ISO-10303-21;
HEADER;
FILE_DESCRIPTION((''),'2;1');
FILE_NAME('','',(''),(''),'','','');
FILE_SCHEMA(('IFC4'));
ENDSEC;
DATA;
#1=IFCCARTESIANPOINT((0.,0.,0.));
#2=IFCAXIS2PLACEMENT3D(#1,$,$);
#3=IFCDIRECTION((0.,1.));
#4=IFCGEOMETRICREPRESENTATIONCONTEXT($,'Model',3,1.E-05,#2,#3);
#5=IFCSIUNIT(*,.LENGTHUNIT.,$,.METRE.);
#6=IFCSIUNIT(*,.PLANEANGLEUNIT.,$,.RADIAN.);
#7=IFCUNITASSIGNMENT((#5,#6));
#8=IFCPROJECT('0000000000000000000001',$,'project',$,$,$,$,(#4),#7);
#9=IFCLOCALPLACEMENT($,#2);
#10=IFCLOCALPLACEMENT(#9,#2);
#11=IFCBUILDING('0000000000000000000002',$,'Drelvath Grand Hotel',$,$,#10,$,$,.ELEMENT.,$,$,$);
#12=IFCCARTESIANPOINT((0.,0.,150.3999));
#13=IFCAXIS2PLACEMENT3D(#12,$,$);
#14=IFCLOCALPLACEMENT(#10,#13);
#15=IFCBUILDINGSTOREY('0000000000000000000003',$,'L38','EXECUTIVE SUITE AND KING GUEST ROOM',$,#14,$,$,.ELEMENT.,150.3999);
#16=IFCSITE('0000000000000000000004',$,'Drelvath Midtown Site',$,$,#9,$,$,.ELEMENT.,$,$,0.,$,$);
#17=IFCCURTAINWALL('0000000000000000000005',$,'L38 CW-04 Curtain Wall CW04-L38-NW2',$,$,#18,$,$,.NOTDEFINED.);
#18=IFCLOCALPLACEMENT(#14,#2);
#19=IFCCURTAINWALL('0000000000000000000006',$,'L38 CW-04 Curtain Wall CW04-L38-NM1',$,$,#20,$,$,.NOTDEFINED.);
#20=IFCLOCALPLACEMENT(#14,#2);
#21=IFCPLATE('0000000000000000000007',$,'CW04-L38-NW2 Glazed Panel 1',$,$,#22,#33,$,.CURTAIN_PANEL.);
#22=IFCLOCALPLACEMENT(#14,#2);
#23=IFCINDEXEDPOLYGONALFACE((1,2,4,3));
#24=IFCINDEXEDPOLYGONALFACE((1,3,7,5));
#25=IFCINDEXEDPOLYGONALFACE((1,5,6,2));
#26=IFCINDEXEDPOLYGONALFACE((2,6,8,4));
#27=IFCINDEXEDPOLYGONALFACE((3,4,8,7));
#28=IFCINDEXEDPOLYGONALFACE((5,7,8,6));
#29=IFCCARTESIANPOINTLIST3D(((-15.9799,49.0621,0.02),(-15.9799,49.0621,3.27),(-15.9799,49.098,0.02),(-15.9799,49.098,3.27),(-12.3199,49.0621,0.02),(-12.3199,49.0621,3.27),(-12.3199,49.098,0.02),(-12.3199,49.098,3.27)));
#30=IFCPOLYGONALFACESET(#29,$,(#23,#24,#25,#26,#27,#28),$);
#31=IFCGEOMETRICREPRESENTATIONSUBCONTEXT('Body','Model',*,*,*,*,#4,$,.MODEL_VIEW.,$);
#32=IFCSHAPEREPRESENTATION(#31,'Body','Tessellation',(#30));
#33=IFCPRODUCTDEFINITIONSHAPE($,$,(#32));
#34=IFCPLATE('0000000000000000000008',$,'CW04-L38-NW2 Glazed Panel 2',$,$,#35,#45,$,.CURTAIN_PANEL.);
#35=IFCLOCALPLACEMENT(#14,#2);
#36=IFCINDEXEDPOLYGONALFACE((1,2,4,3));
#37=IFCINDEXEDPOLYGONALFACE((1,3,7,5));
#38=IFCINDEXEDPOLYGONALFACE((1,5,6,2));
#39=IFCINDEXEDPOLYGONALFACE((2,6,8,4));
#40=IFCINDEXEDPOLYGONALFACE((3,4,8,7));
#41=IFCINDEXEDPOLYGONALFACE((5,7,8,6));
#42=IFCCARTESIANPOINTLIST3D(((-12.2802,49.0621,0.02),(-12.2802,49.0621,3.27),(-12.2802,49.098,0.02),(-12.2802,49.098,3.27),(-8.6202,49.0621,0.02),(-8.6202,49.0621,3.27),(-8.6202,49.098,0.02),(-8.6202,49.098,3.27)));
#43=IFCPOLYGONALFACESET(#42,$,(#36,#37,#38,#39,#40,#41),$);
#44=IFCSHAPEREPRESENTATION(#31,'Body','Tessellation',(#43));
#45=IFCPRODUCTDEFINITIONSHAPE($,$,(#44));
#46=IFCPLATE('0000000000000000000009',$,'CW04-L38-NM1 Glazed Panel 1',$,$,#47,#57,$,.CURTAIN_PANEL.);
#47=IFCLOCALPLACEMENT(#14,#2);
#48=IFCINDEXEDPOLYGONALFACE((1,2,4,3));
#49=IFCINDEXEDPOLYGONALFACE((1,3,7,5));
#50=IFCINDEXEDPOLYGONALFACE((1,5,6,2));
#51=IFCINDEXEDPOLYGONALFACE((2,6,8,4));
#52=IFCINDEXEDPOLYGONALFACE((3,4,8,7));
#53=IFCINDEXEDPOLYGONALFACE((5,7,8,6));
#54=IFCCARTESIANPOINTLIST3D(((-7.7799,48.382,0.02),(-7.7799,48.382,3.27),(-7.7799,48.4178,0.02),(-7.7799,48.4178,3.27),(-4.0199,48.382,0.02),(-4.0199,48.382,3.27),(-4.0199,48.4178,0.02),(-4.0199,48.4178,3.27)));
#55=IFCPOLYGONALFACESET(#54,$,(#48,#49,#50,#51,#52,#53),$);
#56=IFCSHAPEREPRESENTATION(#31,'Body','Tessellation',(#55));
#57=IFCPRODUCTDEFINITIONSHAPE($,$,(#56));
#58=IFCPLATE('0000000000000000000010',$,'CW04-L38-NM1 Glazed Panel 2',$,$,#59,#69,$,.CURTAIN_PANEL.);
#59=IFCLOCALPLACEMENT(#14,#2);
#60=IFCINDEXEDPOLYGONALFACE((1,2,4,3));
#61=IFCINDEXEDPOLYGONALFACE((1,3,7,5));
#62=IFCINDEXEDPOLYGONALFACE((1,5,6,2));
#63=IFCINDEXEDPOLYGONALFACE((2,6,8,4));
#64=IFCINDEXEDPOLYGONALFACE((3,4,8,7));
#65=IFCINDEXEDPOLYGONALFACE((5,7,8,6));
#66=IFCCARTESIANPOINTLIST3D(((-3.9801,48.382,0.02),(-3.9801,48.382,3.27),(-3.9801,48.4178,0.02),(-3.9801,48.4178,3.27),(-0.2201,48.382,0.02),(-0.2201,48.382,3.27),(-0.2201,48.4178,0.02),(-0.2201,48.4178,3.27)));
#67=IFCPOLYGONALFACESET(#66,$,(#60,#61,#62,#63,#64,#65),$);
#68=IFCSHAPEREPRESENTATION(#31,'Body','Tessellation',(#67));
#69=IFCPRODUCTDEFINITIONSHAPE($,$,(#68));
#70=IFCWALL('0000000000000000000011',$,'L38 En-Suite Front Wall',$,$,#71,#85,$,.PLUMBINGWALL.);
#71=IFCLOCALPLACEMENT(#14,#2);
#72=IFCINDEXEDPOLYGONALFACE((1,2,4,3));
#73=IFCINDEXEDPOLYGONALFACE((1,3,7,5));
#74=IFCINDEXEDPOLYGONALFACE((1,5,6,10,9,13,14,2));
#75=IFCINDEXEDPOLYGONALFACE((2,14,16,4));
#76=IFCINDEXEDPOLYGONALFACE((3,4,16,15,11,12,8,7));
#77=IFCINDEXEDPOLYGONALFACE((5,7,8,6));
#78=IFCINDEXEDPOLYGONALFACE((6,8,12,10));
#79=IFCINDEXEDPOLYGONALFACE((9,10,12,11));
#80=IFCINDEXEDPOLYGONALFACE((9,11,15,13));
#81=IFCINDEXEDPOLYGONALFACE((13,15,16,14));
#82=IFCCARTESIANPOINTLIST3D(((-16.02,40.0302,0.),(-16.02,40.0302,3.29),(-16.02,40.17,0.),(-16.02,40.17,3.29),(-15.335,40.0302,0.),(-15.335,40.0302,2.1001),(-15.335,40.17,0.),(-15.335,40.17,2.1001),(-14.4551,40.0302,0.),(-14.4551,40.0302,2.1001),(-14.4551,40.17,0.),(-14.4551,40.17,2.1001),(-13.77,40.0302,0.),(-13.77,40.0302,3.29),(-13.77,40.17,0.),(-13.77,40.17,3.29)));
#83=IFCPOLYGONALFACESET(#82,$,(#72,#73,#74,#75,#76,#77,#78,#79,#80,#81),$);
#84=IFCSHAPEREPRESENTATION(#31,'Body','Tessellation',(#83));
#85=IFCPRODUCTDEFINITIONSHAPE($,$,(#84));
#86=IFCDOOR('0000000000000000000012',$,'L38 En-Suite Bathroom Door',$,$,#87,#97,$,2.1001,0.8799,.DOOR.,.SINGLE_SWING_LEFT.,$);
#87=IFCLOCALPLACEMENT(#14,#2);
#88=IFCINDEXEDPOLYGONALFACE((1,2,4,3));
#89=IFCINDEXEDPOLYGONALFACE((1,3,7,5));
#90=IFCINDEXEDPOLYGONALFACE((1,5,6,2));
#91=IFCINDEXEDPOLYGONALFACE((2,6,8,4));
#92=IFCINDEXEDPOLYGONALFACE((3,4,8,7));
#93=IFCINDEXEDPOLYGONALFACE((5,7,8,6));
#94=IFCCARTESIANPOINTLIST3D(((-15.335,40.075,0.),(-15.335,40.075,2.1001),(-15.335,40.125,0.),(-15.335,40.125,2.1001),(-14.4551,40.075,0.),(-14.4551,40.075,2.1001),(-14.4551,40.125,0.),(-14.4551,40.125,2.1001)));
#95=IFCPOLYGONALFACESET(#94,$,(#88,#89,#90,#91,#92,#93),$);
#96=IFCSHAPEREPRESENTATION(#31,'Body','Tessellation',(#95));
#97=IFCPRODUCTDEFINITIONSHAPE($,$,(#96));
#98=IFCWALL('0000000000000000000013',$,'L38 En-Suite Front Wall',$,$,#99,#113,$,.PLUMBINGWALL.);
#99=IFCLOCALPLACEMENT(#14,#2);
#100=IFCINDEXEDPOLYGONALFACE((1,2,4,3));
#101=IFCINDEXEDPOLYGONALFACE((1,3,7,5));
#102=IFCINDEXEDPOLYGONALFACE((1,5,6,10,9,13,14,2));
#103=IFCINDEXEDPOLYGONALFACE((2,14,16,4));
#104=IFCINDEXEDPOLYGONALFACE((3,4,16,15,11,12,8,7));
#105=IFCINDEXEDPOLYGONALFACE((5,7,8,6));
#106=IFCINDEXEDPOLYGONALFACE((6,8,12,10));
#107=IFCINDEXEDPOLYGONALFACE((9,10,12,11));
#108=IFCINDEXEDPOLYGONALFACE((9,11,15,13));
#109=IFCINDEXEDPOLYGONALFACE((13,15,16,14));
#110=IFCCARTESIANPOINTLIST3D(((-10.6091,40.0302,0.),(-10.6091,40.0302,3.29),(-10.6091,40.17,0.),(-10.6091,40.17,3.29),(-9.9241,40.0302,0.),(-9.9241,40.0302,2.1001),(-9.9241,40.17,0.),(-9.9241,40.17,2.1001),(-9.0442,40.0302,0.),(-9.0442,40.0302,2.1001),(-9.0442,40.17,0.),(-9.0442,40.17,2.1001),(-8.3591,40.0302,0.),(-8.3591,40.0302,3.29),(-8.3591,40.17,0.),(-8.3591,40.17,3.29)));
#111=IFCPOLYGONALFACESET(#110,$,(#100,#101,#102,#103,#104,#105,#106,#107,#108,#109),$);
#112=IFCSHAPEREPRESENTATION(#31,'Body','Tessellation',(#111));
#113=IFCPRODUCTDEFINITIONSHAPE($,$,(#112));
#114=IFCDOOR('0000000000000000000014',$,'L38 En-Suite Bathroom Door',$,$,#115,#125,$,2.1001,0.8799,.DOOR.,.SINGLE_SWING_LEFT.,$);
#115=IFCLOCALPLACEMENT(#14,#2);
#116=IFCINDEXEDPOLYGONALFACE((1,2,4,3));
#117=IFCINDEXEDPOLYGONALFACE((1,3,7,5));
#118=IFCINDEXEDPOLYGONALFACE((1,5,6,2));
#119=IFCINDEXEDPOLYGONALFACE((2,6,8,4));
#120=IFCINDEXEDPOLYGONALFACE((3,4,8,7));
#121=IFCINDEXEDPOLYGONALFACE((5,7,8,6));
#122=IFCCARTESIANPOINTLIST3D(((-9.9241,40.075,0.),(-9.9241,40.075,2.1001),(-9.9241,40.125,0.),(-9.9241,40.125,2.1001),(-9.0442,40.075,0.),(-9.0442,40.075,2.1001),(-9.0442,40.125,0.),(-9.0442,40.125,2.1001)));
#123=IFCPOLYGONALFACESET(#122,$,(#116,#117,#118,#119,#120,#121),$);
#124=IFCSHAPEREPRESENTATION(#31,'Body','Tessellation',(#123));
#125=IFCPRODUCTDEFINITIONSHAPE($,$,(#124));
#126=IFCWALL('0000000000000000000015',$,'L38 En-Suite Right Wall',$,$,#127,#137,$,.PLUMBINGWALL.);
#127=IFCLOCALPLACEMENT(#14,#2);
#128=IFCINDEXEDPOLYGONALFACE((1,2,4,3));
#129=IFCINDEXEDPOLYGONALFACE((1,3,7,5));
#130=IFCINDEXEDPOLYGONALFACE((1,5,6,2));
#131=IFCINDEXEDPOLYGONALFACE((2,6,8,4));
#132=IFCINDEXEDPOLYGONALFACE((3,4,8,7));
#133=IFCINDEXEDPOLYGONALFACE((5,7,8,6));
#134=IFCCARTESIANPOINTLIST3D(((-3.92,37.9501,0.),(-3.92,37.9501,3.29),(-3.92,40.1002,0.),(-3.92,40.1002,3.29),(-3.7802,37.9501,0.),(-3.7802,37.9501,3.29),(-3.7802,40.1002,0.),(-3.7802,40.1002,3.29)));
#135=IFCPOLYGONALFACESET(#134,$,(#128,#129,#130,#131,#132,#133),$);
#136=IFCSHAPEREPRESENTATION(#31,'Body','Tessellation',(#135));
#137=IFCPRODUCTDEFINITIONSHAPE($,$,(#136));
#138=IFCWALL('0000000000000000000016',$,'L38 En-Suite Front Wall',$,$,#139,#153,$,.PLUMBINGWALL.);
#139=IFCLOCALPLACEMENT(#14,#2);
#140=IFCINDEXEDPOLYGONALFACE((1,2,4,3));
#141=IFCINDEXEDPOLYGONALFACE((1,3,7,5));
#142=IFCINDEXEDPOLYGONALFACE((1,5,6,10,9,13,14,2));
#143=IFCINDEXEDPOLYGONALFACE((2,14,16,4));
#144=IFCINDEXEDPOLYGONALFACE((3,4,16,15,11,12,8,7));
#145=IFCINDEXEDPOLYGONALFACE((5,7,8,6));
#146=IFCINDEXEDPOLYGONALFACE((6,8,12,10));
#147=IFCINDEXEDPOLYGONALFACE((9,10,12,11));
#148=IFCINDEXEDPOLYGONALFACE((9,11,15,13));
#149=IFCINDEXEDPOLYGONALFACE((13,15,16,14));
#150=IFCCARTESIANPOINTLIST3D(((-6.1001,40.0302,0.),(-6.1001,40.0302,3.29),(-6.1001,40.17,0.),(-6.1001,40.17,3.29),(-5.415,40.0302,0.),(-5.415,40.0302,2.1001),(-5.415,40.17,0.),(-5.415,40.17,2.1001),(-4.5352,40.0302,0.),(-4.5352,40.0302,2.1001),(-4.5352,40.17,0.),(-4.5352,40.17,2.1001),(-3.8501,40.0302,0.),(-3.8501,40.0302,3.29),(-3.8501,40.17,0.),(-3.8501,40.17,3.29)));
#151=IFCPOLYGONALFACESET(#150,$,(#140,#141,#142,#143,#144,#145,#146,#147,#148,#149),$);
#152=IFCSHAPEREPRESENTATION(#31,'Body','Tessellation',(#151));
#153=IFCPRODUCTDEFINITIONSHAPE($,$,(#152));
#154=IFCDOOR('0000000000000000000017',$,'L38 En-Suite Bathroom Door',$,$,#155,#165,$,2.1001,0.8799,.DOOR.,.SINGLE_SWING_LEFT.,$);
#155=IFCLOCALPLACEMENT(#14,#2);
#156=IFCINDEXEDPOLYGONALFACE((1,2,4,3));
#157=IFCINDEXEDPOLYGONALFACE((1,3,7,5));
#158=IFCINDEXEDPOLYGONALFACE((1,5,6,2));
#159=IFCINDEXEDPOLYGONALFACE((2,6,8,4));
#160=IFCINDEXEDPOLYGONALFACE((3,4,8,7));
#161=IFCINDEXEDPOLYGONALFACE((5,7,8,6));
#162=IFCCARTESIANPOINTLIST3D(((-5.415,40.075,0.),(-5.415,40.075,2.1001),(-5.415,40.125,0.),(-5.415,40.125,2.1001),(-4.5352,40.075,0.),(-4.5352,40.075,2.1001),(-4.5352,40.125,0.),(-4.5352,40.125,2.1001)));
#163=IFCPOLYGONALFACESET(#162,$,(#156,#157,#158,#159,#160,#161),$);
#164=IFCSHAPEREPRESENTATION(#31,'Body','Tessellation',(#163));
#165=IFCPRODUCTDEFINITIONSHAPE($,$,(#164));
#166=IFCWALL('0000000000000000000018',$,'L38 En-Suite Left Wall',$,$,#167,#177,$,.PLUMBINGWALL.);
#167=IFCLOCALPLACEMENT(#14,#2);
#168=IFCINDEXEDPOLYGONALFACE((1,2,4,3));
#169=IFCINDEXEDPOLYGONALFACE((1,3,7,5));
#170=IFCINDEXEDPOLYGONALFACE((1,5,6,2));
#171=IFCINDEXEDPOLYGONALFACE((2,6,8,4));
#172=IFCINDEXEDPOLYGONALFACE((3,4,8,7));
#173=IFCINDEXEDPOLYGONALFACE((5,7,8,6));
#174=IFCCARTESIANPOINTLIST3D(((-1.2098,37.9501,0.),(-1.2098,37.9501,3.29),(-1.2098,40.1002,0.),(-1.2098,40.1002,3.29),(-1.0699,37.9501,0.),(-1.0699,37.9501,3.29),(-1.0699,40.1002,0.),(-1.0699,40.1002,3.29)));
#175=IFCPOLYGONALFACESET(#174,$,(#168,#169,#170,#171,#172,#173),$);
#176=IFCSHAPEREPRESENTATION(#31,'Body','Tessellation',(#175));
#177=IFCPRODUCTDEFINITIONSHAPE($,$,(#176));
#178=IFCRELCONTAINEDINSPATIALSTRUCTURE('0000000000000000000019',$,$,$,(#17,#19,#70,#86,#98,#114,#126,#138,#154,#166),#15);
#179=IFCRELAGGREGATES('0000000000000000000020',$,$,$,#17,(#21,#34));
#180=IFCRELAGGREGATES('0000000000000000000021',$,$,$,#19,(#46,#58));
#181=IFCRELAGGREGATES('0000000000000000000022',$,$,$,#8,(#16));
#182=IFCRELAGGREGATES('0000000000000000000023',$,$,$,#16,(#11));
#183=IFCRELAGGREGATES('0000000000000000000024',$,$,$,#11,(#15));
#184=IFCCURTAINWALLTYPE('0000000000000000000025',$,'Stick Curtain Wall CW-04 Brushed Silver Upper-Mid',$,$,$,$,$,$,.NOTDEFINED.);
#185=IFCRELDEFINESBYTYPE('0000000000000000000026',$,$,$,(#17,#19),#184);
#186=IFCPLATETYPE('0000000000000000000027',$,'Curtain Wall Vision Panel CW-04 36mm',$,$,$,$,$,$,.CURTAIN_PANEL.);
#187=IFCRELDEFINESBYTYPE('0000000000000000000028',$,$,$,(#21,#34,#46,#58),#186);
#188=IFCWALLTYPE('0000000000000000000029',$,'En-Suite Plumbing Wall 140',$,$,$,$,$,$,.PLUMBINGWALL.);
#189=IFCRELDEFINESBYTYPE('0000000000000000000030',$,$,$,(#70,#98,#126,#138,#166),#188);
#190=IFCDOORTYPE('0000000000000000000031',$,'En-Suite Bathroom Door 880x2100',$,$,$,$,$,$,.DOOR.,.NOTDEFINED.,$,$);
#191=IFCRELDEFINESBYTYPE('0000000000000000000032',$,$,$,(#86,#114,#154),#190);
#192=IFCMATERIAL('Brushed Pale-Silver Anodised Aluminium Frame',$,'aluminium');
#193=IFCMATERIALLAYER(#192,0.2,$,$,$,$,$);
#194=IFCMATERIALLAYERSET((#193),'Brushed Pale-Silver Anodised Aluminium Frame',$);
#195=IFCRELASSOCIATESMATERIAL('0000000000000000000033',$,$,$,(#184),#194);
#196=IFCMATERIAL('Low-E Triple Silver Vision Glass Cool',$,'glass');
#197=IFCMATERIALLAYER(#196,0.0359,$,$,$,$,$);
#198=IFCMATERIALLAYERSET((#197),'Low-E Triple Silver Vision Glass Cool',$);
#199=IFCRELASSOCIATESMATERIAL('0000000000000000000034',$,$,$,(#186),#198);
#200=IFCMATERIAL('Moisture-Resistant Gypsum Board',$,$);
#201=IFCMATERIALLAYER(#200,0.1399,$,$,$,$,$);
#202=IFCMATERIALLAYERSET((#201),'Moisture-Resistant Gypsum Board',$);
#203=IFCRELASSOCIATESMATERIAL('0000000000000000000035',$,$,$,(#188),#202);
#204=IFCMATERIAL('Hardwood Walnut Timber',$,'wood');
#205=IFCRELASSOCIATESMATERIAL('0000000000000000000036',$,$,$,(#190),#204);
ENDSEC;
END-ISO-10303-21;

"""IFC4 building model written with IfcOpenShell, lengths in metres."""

from ifc_helpers import new_model, si_unit, direction, frame, frame_2d, origin, origin_2d, place, context, subcontext, project, spatial, rectangle, extrude, material, layer, layer_set, type_object, element, fill, aggregate, save


model = new_model("IFC4")

# Units and contexts
model_context = context("Model", 3, precision=1e-05, world=origin(), true_north=direction((0.0, 1.0)))
body_context = subcontext(model_context, "Body", "Model", "MODEL_VIEW")
ifc_project = project(units=[si_unit("LENGTHUNIT", "METRE"), si_unit("PLANEANGLEUNIT", "RADIAN")], contexts=[model_context])

# Site, building, storey
site_placement = place(None, origin())
site = spatial("IfcSite", under=ifc_project, at=site_placement, Name="Drelvath Midtown Site", CompositionType="ELEMENT", RefElevation=0.0)
building_placement = place(site_placement, origin())
building = spatial("IfcBuilding", under=site, at=building_placement, Name="Drelvath Grand Hotel", CompositionType="ELEMENT")
storey_placement = place(building_placement, frame((0.0, 0.0, 150.3999)))
storey = spatial("IfcBuildingStorey", under=building, at=storey_placement, Name="L38", Description="EXECUTIVE SUITE AND KING GUEST ROOM", CompositionType="ELEMENT", Elevation=150.3999)

# Curtain walls
ifc_material_1 = material(Name="Brushed Pale-Silver Anodised Aluminium Frame", Category="aluminium")
ifc_layer_1 = layer(ifc_material_1, 0.2)
ifc_layer_set_1 = layer_set([ifc_layer_1], Name="Brushed Pale-Silver Anodised Aluminium Frame")
curtain_wall_type = type_object("IfcCurtainWallType", Name="Stick Curtain Wall CW-04 Brushed Silver Upper-Mid", PredefinedType="NOTDEFINED", material=ifc_layer_set_1)
curtain_wall_1_placement = place(storey_placement, origin())
curtain_wall_1 = element("IfcCurtainWall", 1, at=curtain_wall_1_placement, inside=storey, type_object=curtain_wall_type, Name="L38 CW-04 Curtain Wall CW04-L38-NW2", PredefinedType="NOTDEFINED")
curtain_wall_2_placement = place(storey_placement, origin())
curtain_wall_2 = element("IfcCurtainWall", 2, at=curtain_wall_2_placement, inside=storey, type_object=curtain_wall_type, Name="L38 CW-04 Curtain Wall CW04-L38-NM1", PredefinedType="NOTDEFINED")

# Plates
ifc_material_2 = material(Name="Low-E Triple Silver Vision Glass Cool", Category="glass")
ifc_layer_2 = layer(ifc_material_2, 0.0359)
ifc_layer_set_2 = layer_set([ifc_layer_2], Name="Low-E Triple Silver Vision Glass Cool")
plate_type = type_object("IfcPlateType", Name="Curtain Wall Vision Panel CW-04 36mm", PredefinedType="CURTAIN_PANEL", material=ifc_layer_set_2)
plate_1_placement = place(storey_placement, frame((-14.1499, 49.0801, 0.02), z_axis=(0.0, 0.0, 1.0), x_axis=(1.0, 0.0, 0.0)))
plate_1 = element("IfcPlate", 3, at=plate_1_placement, type_object=plate_type, Name="CW04-L38-NW2 Glazed Panel 1", PredefinedType="CURTAIN_PANEL", context=body_context, shape_type="SweptSolid", body=[
    extrude(rectangle(XDim=3.6599, YDim=0.0359, at=origin_2d()), origin(), (0.0, 0.0, 1.0), 3.25),
])
plate_2_placement = place(storey_placement, frame((-10.4502, 49.0801, 0.02), z_axis=(0.0, 0.0, 1.0), x_axis=(1.0, 0.0, 0.0)))
plate_2 = element("IfcPlate", 4, at=plate_2_placement, type_object=plate_type, Name="CW04-L38-NW2 Glazed Panel 2", PredefinedType="CURTAIN_PANEL", context=body_context, shape_type="SweptSolid", body=[
    extrude(rectangle(XDim=3.6599, YDim=0.0359, at=origin_2d()), origin(), (0.0, 0.0, 1.0), 3.25),
])
aggregate(curtain_wall_1, [plate_1, plate_2])
plate_3_placement = place(storey_placement, frame((-5.8999, 48.3999, 0.02), z_axis=(0.0, 0.0, 1.0), x_axis=(1.0, 0.0, 0.0)))
plate_3 = element("IfcPlate", 5, at=plate_3_placement, type_object=plate_type, Name="CW04-L38-NM1 Glazed Panel 1", PredefinedType="CURTAIN_PANEL", context=body_context, shape_type="SweptSolid", body=[
    extrude(rectangle(XDim=3.76, YDim=0.0359, at=origin_2d()), origin(), (0.0, 0.0, 1.0), 3.25),
])
plate_4_placement = place(storey_placement, frame((-2.1001, 48.3999, 0.02), z_axis=(0.0, 0.0, 1.0), x_axis=(1.0, 0.0, 0.0)))
plate_4 = element("IfcPlate", 6, at=plate_4_placement, type_object=plate_type, Name="CW04-L38-NM1 Glazed Panel 2", PredefinedType="CURTAIN_PANEL", context=body_context, shape_type="SweptSolid", body=[
    extrude(rectangle(XDim=3.76, YDim=0.0359, at=origin_2d()), origin(), (0.0, 0.0, 1.0), 3.25),
])
aggregate(curtain_wall_2, [plate_3, plate_4])

# Walls, openings, doors
ifc_material_3 = material(Name="Moisture-Resistant Gypsum Board")
ifc_layer_3 = layer(ifc_material_3, 0.1399)
ifc_layer_set_3 = layer_set([ifc_layer_3], Name="Moisture-Resistant Gypsum Board")
wall_type_1 = type_object("IfcWallType", Name="En-Suite Plumbing Wall 140", PredefinedType="PLUMBINGWALL", material=ifc_layer_set_3)
wall_1_placement = place(storey_placement, frame((-16.02, 40.1001, 0.0), z_axis=(0.0, 0.0, 1.0), x_axis=(1.0, 0.0, 0.0)))
wall_1 = element("IfcWall", 7, at=wall_1_placement, inside=storey, type_object=wall_type_1, Name="L38 En-Suite Front Wall", PredefinedType="PLUMBINGWALL", context=body_context, shape_type="SweptSolid", body=[
    extrude(rectangle(XDim=2.25, YDim=0.1399, at=frame_2d((1.125, 0.0))), origin(), (0.0, 0.0, 1.0), 3.29),
])
opening_1_placement = place(wall_1_placement, frame((0.6851, 0.0, 0.0)))
opening_1 = element("IfcOpeningElement", 8, at=opening_1_placement, cuts=wall_1, PredefinedType="OPENING", context=body_context, shape_type="SweptSolid", body=[
    extrude(rectangle(XDim=0.8799, YDim=2.1001, at=frame_2d((0.4399, 1.05))), frame((0.0, 0.0798, 0.0), z_axis=(0.0, -1.0, 0.0), x_axis=(1.0, 0.0, 0.0)), (0.0, 0.0, 1.0), 0.1599),
])
ifc_material_4 = material(Name="Hardwood Walnut Timber", Category="wood")
door_type = type_object("IfcDoorType", Name="En-Suite Bathroom Door 880x2100", OperationType="NOTDEFINED", PredefinedType="DOOR", material=ifc_material_4)
door_1_placement = place(opening_1_placement, origin())
door_1 = element("IfcDoor", 9, at=door_1_placement, inside=storey, type_object=door_type, Name="L38 En-Suite Bathroom Door", OperationType="SINGLE_SWING_LEFT", OverallHeight=2.1001, OverallWidth=0.8799, PredefinedType="DOOR", context=body_context, shape_type="SweptSolid", body=[
    extrude(rectangle(XDim=0.8799, YDim=2.1001, at=frame_2d((0.4399, 1.05))), frame((0.0, 0.0249, 0.0), z_axis=(0.0, -1.0, 0.0), x_axis=(1.0, 0.0, 0.0)), (0.0, 0.0, 1.0), 0.05),
])
fill(opening_1, door_1)
wall_2_placement = place(storey_placement, frame((-10.6091, 40.1001, 0.0), z_axis=(0.0, 0.0, 1.0), x_axis=(1.0, 0.0, 0.0)))
wall_2 = element("IfcWall", 10, at=wall_2_placement, inside=storey, type_object=wall_type_1, Name="L38 En-Suite Front Wall", PredefinedType="PLUMBINGWALL", context=body_context, shape_type="SweptSolid", body=[
    extrude(rectangle(XDim=2.25, YDim=0.1399, at=frame_2d((1.125, 0.0))), origin(), (0.0, 0.0, 1.0), 3.29),
])
opening_2_placement = place(wall_2_placement, frame((0.6851, 0.0, 0.0)))
opening_2 = element("IfcOpeningElement", 11, at=opening_2_placement, cuts=wall_2, PredefinedType="OPENING", context=body_context, shape_type="SweptSolid", body=[
    extrude(rectangle(XDim=0.8799, YDim=2.1001, at=frame_2d((0.4399, 1.05))), frame((0.0, 0.0798, 0.0), z_axis=(0.0, -1.0, 0.0), x_axis=(1.0, 0.0, 0.0)), (0.0, 0.0, 1.0), 0.1599),
])
door_2_placement = place(opening_2_placement, origin())
door_2 = element("IfcDoor", 12, at=door_2_placement, inside=storey, type_object=door_type, Name="L38 En-Suite Bathroom Door", OperationType="SINGLE_SWING_LEFT", OverallHeight=2.1001, OverallWidth=0.8799, PredefinedType="DOOR", context=body_context, shape_type="SweptSolid", body=[
    extrude(rectangle(XDim=0.8799, YDim=2.1001, at=frame_2d((0.4399, 1.05))), frame((0.0, 0.0249, 0.0), z_axis=(0.0, -1.0, 0.0), x_axis=(1.0, 0.0, 0.0)), (0.0, 0.0, 1.0), 0.05),
])
fill(opening_2, door_2)

# Wall
wall_3_placement = place(storey_placement, frame((-3.8501, 37.95, 0.0), z_axis=(0.0, 0.0, 1.0), x_axis=(0.0, 1.0, 0.0)))
element("IfcWall", 13, at=wall_3_placement, inside=storey, type_object=wall_type_1, Name="L38 En-Suite Right Wall", PredefinedType="PLUMBINGWALL", context=body_context, shape_type="SweptSolid", body=[
    extrude(rectangle(XDim=2.1501, YDim=0.1399, at=frame_2d((1.0752, 0.0))), origin(), (0.0, 0.0, 1.0), 3.29),
])

# Wall, opening, door
wall_4_placement = place(storey_placement, frame((-6.1001, 40.1001, 0.0), z_axis=(0.0, 0.0, 1.0), x_axis=(1.0, 0.0, 0.0)))
wall_4 = element("IfcWall", 14, at=wall_4_placement, inside=storey, type_object=wall_type_1, Name="L38 En-Suite Front Wall", PredefinedType="PLUMBINGWALL", context=body_context, shape_type="SweptSolid", body=[
    extrude(rectangle(XDim=2.25, YDim=0.1399, at=frame_2d((1.125, 0.0))), origin(), (0.0, 0.0, 1.0), 3.29),
])
opening_3_placement = place(wall_4_placement, frame((0.6851, 0.0, 0.0)))
opening_3 = element("IfcOpeningElement", 15, at=opening_3_placement, cuts=wall_4, PredefinedType="OPENING", context=body_context, shape_type="SweptSolid", body=[
    extrude(rectangle(XDim=0.8799, YDim=2.1001, at=frame_2d((0.4399, 1.05))), frame((0.0, 0.0798, 0.0), z_axis=(0.0, -1.0, 0.0), x_axis=(1.0, 0.0, 0.0)), (0.0, 0.0, 1.0), 0.1599),
])
door_3_placement = place(opening_3_placement, origin())
door_3 = element("IfcDoor", 16, at=door_3_placement, inside=storey, type_object=door_type, Name="L38 En-Suite Bathroom Door", OperationType="SINGLE_SWING_LEFT", OverallHeight=2.1001, OverallWidth=0.8799, PredefinedType="DOOR", context=body_context, shape_type="SweptSolid", body=[
    extrude(rectangle(XDim=0.8799, YDim=2.1001, at=frame_2d((0.4399, 1.05))), frame((0.0, 0.0249, 0.0), z_axis=(0.0, -1.0, 0.0), x_axis=(1.0, 0.0, 0.0)), (0.0, 0.0, 1.0), 0.05),
])
fill(opening_3, door_3)

# Wall
wall_5_placement = place(storey_placement, frame((-1.1399, 37.95, 0.0), z_axis=(0.0, 0.0, 1.0), x_axis=(0.0, 1.0, 0.0)))
element("IfcWall", 17, at=wall_5_placement, inside=storey, type_object=wall_type_1, Name="L38 En-Suite Left Wall", PredefinedType="PLUMBINGWALL", context=body_context, shape_type="SweptSolid", body=[
    extrude(rectangle(XDim=2.1501, YDim=0.1399, at=frame_2d((1.0752, 0.0))), origin(), (0.0, 0.0, 1.0), 3.29),
])

save(model, "model.ifc")
